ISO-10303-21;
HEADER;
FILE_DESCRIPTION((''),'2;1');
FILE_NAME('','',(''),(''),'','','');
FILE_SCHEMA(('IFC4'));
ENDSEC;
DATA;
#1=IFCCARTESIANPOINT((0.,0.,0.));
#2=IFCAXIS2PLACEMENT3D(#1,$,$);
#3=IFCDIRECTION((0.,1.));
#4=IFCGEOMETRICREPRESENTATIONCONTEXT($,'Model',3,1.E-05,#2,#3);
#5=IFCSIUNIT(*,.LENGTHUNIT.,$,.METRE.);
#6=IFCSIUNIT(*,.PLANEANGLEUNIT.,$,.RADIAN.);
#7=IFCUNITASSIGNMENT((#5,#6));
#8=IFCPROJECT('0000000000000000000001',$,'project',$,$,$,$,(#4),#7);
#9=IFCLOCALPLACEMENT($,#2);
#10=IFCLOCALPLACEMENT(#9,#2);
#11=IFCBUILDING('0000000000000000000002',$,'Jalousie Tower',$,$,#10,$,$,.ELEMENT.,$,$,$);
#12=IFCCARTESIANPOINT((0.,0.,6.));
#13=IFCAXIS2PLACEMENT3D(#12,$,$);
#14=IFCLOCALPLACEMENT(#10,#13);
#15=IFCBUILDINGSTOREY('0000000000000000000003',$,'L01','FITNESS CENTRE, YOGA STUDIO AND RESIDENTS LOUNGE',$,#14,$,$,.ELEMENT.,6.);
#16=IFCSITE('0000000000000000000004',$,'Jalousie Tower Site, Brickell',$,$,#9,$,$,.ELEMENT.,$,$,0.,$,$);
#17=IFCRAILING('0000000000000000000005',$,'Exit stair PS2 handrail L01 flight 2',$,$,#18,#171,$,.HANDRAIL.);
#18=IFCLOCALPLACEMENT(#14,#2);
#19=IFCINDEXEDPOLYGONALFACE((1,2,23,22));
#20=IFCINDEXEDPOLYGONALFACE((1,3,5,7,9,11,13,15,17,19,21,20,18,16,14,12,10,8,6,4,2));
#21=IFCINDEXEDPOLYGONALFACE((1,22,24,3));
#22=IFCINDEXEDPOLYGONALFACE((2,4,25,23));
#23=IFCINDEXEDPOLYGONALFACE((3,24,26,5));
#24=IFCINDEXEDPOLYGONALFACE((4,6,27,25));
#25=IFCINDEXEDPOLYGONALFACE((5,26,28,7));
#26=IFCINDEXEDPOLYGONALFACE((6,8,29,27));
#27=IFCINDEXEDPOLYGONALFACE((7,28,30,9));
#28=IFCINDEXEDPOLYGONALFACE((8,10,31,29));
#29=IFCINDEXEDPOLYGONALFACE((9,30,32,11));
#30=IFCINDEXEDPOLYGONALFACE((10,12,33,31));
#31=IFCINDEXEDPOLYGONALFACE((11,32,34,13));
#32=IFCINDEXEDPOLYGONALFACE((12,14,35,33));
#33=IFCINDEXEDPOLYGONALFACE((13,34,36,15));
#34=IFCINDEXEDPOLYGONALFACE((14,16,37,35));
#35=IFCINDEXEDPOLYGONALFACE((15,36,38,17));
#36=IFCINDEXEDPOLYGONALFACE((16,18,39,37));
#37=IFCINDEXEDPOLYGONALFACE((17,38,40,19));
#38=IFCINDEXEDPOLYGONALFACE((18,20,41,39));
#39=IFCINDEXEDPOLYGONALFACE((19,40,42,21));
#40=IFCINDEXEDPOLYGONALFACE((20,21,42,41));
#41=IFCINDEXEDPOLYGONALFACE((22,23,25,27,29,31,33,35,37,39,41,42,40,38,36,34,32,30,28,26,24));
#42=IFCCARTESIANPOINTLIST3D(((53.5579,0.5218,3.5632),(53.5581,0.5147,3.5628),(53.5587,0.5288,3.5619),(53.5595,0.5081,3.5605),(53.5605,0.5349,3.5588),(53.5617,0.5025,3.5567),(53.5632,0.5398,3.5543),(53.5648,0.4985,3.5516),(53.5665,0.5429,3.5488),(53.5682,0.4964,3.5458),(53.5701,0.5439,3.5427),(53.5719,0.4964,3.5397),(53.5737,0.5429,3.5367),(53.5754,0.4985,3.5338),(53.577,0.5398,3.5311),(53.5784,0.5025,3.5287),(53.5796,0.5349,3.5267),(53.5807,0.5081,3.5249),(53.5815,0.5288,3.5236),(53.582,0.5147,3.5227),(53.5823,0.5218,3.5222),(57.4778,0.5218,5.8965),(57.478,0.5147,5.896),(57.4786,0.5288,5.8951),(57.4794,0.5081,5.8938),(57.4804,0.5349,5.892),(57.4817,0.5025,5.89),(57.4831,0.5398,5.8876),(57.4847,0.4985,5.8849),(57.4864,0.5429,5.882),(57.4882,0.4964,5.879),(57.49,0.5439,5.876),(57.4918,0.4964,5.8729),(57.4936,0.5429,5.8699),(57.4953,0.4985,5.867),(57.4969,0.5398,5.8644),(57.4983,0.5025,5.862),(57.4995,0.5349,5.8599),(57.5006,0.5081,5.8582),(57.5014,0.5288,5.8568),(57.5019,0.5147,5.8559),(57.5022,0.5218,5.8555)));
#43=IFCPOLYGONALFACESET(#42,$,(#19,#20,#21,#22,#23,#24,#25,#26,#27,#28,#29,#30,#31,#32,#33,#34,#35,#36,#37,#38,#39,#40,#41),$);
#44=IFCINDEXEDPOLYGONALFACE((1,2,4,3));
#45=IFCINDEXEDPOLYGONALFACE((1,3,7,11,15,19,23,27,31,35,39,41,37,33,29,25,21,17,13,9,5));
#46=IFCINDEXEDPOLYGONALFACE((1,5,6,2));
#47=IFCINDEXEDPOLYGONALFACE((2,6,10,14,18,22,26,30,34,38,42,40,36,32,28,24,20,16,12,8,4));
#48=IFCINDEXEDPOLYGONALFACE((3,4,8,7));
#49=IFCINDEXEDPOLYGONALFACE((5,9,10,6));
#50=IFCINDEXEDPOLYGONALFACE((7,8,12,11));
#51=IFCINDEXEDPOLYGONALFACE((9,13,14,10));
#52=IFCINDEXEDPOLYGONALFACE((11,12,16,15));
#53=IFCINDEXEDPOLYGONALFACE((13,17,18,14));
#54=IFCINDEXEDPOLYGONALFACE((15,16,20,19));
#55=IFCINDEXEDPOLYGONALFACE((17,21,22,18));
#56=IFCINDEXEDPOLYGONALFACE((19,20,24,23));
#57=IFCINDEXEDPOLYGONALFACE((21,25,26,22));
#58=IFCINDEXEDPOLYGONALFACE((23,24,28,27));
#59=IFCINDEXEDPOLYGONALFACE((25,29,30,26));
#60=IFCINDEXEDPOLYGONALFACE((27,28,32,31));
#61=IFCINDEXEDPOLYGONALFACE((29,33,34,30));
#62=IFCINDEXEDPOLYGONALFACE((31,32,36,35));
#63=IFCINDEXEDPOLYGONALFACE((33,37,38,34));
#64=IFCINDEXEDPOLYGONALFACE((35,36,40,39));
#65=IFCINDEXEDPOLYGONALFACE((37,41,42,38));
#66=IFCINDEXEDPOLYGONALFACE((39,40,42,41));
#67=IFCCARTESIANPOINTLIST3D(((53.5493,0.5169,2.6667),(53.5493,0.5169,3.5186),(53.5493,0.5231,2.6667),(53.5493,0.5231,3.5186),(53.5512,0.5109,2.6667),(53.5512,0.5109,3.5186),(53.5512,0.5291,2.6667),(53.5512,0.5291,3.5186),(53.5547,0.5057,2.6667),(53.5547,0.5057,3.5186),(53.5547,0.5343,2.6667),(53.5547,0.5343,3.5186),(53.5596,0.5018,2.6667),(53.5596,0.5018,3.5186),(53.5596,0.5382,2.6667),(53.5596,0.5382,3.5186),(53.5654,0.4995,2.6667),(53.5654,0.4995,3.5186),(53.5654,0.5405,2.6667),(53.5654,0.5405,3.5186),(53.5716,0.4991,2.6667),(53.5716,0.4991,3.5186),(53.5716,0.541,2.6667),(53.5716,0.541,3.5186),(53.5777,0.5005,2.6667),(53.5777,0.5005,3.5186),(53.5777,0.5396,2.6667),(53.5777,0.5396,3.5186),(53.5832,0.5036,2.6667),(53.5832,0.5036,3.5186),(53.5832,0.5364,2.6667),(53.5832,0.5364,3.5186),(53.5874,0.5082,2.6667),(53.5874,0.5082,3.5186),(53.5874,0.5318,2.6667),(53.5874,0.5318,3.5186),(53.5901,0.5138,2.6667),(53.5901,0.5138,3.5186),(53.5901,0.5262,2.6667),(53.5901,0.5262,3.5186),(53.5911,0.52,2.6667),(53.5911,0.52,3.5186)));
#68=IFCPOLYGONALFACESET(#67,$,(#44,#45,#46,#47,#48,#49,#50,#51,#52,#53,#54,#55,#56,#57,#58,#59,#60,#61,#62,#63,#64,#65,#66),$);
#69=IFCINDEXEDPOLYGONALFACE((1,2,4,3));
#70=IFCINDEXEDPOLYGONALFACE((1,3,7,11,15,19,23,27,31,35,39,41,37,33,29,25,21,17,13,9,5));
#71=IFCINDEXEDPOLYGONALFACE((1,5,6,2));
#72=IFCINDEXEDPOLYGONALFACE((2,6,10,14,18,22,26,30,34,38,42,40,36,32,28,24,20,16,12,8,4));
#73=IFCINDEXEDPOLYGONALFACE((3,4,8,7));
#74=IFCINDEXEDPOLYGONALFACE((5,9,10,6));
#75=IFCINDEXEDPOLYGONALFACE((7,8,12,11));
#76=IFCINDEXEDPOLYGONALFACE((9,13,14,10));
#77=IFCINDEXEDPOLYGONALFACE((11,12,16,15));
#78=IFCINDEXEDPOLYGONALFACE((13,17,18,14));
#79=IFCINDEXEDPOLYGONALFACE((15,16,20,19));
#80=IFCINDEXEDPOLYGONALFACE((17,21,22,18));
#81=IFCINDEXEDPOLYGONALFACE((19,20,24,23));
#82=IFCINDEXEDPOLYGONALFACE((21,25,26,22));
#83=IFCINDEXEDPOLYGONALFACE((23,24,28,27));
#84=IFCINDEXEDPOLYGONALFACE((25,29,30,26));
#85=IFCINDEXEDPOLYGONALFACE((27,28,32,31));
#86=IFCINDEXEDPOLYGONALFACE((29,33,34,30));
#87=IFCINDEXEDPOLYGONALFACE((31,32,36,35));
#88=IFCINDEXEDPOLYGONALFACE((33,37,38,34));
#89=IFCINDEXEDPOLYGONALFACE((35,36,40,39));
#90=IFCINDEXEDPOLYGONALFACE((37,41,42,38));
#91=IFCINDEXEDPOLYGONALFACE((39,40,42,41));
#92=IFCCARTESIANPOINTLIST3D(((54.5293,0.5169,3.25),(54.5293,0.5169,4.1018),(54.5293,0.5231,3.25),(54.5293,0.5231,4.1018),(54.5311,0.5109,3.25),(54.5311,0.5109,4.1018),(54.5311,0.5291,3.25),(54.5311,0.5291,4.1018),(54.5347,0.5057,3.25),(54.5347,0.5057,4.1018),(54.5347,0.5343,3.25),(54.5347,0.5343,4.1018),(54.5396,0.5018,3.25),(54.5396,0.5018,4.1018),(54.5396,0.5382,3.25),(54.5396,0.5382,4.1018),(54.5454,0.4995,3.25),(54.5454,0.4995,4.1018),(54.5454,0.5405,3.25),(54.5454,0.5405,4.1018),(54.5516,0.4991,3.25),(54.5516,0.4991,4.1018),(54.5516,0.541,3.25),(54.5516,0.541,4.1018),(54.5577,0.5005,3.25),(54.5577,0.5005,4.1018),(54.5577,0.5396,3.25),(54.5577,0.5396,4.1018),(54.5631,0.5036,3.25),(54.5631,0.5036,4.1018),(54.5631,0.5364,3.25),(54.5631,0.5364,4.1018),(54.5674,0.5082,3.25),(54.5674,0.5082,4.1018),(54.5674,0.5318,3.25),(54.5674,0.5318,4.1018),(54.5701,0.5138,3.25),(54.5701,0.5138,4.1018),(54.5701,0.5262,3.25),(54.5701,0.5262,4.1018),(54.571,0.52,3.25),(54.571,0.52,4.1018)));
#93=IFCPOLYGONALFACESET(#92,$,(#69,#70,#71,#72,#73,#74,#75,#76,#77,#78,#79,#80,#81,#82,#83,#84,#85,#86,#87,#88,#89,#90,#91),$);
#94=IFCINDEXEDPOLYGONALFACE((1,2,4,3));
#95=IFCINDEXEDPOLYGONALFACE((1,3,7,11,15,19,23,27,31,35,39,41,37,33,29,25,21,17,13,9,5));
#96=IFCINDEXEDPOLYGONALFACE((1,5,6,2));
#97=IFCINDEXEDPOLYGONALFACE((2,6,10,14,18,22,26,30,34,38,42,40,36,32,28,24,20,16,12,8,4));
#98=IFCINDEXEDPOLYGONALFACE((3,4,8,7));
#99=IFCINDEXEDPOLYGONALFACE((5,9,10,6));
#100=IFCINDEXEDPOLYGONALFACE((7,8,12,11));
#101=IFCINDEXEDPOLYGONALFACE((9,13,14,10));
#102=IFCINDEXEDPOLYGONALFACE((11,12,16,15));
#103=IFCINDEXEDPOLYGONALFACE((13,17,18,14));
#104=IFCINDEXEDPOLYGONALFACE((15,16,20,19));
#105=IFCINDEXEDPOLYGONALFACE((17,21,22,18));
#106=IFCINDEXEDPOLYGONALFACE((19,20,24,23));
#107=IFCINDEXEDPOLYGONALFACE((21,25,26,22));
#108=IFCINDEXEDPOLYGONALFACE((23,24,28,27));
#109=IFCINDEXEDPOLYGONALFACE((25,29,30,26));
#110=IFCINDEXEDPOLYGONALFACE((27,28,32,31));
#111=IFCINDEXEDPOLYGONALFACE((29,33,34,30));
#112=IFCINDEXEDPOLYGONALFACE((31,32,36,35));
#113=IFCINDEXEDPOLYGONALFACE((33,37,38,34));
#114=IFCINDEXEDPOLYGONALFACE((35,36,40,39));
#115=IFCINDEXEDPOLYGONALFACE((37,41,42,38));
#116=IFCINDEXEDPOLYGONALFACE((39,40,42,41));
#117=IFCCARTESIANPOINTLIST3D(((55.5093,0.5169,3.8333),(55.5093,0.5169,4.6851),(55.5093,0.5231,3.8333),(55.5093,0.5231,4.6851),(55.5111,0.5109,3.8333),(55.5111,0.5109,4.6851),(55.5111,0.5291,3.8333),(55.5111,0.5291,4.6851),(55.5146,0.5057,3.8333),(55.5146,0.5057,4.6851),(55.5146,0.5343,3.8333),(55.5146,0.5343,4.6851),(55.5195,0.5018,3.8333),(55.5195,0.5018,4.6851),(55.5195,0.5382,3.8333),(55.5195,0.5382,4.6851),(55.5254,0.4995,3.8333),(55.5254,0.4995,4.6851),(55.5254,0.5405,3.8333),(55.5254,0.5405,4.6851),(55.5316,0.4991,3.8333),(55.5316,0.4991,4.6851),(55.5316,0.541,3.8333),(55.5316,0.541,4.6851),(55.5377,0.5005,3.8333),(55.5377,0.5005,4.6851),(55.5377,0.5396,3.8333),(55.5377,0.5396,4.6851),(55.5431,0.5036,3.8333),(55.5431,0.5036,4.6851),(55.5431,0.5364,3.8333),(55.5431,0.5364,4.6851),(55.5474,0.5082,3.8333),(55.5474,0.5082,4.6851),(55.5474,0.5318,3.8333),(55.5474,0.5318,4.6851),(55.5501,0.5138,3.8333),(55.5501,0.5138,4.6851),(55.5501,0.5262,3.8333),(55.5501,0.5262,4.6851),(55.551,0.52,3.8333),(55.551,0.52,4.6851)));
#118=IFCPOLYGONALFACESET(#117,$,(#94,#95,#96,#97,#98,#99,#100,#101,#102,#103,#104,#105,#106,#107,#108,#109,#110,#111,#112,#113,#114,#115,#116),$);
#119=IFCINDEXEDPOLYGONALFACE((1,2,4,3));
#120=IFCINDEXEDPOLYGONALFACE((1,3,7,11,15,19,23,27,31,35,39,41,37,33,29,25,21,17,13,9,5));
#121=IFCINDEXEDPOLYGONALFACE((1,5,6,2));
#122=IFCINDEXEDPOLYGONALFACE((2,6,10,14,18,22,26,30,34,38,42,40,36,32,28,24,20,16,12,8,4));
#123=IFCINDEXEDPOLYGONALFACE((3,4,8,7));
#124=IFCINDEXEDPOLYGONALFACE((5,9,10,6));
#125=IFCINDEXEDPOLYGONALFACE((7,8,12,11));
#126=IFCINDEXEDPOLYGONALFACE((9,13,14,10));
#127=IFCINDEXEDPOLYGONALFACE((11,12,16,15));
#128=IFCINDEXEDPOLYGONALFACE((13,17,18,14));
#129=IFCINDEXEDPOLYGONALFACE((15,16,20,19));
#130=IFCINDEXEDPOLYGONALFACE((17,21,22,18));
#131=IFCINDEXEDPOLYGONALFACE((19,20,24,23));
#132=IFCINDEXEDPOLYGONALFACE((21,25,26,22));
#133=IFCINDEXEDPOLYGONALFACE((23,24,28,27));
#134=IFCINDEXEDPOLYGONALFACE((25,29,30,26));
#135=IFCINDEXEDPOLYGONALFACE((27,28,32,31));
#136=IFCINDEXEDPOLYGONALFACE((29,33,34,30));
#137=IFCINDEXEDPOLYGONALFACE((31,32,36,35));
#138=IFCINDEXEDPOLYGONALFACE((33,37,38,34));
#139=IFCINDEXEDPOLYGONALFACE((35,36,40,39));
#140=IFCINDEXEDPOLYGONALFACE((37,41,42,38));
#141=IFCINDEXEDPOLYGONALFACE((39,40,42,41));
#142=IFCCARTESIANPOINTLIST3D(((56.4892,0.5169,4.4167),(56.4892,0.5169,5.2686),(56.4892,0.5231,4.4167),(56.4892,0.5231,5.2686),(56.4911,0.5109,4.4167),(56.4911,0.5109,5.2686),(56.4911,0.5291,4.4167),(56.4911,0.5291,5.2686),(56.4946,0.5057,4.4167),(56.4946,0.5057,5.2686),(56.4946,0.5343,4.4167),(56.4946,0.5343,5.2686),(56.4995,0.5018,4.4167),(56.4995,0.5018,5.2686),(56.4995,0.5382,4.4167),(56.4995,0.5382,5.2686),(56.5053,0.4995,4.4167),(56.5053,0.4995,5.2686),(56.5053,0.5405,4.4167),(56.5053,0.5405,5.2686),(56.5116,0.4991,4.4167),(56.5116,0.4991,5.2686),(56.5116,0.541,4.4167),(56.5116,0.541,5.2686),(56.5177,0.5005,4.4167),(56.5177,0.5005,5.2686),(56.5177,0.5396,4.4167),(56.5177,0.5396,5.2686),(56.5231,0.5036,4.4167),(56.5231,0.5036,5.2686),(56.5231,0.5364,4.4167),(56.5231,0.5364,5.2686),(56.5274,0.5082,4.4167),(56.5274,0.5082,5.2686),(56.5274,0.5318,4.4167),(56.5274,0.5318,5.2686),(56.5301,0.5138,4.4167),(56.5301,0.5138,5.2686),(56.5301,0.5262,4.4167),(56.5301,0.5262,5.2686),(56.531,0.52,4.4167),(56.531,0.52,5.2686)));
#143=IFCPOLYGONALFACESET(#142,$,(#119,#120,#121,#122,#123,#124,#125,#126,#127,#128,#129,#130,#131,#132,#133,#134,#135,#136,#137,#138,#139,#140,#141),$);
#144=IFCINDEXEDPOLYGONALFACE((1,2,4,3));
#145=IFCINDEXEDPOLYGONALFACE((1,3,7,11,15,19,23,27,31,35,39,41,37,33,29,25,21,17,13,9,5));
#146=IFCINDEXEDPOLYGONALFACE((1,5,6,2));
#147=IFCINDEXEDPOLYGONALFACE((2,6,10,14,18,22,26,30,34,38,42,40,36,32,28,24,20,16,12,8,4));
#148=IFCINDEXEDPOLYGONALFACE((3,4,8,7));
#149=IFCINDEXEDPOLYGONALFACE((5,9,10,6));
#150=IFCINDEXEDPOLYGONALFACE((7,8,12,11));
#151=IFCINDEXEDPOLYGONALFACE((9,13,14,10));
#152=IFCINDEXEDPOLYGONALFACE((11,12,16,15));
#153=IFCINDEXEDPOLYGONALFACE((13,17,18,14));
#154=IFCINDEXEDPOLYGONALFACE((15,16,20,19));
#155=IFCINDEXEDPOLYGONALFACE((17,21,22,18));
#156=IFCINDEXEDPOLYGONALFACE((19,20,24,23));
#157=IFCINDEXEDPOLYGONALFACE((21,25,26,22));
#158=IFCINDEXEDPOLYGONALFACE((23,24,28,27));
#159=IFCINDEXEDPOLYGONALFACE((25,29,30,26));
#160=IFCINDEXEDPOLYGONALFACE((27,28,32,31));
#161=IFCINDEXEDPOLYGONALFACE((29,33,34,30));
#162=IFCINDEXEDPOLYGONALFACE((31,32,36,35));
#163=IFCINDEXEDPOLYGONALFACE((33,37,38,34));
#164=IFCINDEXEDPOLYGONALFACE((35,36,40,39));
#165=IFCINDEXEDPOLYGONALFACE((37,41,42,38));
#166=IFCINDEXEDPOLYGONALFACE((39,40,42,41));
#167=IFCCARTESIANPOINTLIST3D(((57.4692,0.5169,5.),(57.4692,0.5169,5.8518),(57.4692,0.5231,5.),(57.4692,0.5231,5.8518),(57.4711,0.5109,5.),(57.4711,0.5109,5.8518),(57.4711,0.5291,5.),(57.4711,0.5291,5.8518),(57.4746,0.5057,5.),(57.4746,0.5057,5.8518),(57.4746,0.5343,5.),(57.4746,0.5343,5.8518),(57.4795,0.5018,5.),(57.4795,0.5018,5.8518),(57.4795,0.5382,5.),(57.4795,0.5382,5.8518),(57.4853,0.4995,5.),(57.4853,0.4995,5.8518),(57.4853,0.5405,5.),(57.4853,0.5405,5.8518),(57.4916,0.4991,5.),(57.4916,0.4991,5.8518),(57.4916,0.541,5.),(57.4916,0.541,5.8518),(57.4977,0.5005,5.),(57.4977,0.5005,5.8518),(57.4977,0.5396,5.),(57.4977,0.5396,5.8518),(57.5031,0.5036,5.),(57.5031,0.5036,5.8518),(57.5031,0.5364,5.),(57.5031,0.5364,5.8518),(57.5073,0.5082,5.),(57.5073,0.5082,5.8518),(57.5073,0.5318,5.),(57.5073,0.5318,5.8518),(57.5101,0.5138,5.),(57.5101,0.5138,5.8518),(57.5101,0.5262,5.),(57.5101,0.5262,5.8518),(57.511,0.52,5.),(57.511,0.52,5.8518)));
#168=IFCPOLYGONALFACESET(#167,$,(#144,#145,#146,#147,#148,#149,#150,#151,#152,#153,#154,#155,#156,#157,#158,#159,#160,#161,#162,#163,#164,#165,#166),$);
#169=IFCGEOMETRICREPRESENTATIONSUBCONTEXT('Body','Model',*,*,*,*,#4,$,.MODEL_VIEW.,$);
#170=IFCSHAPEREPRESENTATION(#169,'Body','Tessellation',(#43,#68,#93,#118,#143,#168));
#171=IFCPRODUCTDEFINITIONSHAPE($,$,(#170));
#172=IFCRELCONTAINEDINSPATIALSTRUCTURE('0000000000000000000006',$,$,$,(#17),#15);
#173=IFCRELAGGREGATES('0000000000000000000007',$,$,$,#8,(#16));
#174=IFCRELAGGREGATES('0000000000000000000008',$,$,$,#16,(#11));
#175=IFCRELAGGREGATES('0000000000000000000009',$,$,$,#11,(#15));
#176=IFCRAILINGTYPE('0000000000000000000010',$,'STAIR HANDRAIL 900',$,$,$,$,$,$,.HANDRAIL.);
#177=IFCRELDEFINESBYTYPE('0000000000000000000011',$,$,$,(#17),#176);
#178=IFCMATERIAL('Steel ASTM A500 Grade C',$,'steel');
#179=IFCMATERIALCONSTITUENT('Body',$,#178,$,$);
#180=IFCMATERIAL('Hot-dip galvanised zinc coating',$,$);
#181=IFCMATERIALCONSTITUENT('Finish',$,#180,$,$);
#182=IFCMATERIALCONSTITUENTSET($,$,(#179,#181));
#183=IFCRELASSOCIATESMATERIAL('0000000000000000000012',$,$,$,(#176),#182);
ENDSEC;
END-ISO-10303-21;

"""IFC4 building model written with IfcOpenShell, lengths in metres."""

from ifc_helpers import new_model, si_unit, direction, frame, origin, origin_2d, place, context, subcontext, project, spatial, circle, extrude, material, constituent, constituent_set, type_object, element, save


model = new_model("IFC4")

# Units and contexts
model_context = context("Model", 3, precision=1e-05, world=origin(), true_north=direction((0.0, 1.0)))
body_context = subcontext(model_context, "Body", "Model", "MODEL_VIEW")
ifc_project = project(units=[si_unit("LENGTHUNIT", "METRE"), si_unit("PLANEANGLEUNIT", "RADIAN")], contexts=[model_context])

# Site, building, storey
site_placement = place(None, origin())
site = spatial("IfcSite", under=ifc_project, at=site_placement, Name="Jalousie Tower Site, Brickell", CompositionType="ELEMENT", RefElevation=0.0)
building_placement = place(site_placement, origin())
building = spatial("IfcBuilding", under=site, at=building_placement, Name="Jalousie Tower", CompositionType="ELEMENT")
storey_placement = place(building_placement, frame((0.0, 0.0, 6.0)))
storey = spatial("IfcBuildingStorey", under=building, at=storey_placement, Name="L01", Description="FITNESS CENTRE, YOGA STUDIO AND RESIDENTS LOUNGE", CompositionType="ELEMENT", Elevation=6.0)

# Railing
ifc_material_1 = material(Name="Steel ASTM A500 Grade C", Category="steel")
ifc_constituent_1 = constituent(ifc_material_1, Name="Body")
ifc_material_2 = material(Name="Hot-dip galvanised zinc coating")
ifc_constituent_2 = constituent(ifc_material_2, Name="Finish")
ifc_constituent_set_1 = constituent_set(constituents=[ifc_constituent_1, ifc_constituent_2])
railing_type_1 = type_object("IfcRailingType", Name="STAIR HANDRAIL 900", PredefinedType="HANDRAIL", material=ifc_constituent_set_1)
railing_1_placement = place(storey_placement, frame((53.5701, 0.52, 2.6667)))
element("IfcRailing", 1, at=railing_1_placement, inside=storey, type_object=railing_type_1, Name="Exit stair PS2 handrail L01 flight 2", PredefinedType="HANDRAIL", context=body_context, shape_type="SweptSolid", body=[
    extrude(circle(Radius=0.0239, at=origin_2d()), frame((0.0, 0.0, 0.876), z_axis=(0.859296, 0.0, 0.511478), x_axis=(0.0, 1.0, 0.0)), (0.0, 0.0, 1.0), 4.5618),
    extrude(circle(Radius=0.021, at=origin_2d()), origin(), (0.0, 0.0, 1.0), 0.8518),
    extrude(circle(Radius=0.021, at=origin_2d()), frame((0.98, 0.0, 0.5833)), (0.0, 0.0, 1.0), 0.8518),
    extrude(circle(Radius=0.021, at=origin_2d()), frame((1.96, 0.0, 1.1665)), (0.0, 0.0, 1.0), 0.8518),
    extrude(circle(Radius=0.021, at=origin_2d()), frame((2.9399, 0.0, 1.75)), (0.0, 0.0, 1.0), 0.8518),
    extrude(circle(Radius=0.021, at=origin_2d()), frame((3.9199, 0.0, 2.3333)), (0.0, 0.0, 1.0), 0.8518),
])

save(model, "model.ifc")
